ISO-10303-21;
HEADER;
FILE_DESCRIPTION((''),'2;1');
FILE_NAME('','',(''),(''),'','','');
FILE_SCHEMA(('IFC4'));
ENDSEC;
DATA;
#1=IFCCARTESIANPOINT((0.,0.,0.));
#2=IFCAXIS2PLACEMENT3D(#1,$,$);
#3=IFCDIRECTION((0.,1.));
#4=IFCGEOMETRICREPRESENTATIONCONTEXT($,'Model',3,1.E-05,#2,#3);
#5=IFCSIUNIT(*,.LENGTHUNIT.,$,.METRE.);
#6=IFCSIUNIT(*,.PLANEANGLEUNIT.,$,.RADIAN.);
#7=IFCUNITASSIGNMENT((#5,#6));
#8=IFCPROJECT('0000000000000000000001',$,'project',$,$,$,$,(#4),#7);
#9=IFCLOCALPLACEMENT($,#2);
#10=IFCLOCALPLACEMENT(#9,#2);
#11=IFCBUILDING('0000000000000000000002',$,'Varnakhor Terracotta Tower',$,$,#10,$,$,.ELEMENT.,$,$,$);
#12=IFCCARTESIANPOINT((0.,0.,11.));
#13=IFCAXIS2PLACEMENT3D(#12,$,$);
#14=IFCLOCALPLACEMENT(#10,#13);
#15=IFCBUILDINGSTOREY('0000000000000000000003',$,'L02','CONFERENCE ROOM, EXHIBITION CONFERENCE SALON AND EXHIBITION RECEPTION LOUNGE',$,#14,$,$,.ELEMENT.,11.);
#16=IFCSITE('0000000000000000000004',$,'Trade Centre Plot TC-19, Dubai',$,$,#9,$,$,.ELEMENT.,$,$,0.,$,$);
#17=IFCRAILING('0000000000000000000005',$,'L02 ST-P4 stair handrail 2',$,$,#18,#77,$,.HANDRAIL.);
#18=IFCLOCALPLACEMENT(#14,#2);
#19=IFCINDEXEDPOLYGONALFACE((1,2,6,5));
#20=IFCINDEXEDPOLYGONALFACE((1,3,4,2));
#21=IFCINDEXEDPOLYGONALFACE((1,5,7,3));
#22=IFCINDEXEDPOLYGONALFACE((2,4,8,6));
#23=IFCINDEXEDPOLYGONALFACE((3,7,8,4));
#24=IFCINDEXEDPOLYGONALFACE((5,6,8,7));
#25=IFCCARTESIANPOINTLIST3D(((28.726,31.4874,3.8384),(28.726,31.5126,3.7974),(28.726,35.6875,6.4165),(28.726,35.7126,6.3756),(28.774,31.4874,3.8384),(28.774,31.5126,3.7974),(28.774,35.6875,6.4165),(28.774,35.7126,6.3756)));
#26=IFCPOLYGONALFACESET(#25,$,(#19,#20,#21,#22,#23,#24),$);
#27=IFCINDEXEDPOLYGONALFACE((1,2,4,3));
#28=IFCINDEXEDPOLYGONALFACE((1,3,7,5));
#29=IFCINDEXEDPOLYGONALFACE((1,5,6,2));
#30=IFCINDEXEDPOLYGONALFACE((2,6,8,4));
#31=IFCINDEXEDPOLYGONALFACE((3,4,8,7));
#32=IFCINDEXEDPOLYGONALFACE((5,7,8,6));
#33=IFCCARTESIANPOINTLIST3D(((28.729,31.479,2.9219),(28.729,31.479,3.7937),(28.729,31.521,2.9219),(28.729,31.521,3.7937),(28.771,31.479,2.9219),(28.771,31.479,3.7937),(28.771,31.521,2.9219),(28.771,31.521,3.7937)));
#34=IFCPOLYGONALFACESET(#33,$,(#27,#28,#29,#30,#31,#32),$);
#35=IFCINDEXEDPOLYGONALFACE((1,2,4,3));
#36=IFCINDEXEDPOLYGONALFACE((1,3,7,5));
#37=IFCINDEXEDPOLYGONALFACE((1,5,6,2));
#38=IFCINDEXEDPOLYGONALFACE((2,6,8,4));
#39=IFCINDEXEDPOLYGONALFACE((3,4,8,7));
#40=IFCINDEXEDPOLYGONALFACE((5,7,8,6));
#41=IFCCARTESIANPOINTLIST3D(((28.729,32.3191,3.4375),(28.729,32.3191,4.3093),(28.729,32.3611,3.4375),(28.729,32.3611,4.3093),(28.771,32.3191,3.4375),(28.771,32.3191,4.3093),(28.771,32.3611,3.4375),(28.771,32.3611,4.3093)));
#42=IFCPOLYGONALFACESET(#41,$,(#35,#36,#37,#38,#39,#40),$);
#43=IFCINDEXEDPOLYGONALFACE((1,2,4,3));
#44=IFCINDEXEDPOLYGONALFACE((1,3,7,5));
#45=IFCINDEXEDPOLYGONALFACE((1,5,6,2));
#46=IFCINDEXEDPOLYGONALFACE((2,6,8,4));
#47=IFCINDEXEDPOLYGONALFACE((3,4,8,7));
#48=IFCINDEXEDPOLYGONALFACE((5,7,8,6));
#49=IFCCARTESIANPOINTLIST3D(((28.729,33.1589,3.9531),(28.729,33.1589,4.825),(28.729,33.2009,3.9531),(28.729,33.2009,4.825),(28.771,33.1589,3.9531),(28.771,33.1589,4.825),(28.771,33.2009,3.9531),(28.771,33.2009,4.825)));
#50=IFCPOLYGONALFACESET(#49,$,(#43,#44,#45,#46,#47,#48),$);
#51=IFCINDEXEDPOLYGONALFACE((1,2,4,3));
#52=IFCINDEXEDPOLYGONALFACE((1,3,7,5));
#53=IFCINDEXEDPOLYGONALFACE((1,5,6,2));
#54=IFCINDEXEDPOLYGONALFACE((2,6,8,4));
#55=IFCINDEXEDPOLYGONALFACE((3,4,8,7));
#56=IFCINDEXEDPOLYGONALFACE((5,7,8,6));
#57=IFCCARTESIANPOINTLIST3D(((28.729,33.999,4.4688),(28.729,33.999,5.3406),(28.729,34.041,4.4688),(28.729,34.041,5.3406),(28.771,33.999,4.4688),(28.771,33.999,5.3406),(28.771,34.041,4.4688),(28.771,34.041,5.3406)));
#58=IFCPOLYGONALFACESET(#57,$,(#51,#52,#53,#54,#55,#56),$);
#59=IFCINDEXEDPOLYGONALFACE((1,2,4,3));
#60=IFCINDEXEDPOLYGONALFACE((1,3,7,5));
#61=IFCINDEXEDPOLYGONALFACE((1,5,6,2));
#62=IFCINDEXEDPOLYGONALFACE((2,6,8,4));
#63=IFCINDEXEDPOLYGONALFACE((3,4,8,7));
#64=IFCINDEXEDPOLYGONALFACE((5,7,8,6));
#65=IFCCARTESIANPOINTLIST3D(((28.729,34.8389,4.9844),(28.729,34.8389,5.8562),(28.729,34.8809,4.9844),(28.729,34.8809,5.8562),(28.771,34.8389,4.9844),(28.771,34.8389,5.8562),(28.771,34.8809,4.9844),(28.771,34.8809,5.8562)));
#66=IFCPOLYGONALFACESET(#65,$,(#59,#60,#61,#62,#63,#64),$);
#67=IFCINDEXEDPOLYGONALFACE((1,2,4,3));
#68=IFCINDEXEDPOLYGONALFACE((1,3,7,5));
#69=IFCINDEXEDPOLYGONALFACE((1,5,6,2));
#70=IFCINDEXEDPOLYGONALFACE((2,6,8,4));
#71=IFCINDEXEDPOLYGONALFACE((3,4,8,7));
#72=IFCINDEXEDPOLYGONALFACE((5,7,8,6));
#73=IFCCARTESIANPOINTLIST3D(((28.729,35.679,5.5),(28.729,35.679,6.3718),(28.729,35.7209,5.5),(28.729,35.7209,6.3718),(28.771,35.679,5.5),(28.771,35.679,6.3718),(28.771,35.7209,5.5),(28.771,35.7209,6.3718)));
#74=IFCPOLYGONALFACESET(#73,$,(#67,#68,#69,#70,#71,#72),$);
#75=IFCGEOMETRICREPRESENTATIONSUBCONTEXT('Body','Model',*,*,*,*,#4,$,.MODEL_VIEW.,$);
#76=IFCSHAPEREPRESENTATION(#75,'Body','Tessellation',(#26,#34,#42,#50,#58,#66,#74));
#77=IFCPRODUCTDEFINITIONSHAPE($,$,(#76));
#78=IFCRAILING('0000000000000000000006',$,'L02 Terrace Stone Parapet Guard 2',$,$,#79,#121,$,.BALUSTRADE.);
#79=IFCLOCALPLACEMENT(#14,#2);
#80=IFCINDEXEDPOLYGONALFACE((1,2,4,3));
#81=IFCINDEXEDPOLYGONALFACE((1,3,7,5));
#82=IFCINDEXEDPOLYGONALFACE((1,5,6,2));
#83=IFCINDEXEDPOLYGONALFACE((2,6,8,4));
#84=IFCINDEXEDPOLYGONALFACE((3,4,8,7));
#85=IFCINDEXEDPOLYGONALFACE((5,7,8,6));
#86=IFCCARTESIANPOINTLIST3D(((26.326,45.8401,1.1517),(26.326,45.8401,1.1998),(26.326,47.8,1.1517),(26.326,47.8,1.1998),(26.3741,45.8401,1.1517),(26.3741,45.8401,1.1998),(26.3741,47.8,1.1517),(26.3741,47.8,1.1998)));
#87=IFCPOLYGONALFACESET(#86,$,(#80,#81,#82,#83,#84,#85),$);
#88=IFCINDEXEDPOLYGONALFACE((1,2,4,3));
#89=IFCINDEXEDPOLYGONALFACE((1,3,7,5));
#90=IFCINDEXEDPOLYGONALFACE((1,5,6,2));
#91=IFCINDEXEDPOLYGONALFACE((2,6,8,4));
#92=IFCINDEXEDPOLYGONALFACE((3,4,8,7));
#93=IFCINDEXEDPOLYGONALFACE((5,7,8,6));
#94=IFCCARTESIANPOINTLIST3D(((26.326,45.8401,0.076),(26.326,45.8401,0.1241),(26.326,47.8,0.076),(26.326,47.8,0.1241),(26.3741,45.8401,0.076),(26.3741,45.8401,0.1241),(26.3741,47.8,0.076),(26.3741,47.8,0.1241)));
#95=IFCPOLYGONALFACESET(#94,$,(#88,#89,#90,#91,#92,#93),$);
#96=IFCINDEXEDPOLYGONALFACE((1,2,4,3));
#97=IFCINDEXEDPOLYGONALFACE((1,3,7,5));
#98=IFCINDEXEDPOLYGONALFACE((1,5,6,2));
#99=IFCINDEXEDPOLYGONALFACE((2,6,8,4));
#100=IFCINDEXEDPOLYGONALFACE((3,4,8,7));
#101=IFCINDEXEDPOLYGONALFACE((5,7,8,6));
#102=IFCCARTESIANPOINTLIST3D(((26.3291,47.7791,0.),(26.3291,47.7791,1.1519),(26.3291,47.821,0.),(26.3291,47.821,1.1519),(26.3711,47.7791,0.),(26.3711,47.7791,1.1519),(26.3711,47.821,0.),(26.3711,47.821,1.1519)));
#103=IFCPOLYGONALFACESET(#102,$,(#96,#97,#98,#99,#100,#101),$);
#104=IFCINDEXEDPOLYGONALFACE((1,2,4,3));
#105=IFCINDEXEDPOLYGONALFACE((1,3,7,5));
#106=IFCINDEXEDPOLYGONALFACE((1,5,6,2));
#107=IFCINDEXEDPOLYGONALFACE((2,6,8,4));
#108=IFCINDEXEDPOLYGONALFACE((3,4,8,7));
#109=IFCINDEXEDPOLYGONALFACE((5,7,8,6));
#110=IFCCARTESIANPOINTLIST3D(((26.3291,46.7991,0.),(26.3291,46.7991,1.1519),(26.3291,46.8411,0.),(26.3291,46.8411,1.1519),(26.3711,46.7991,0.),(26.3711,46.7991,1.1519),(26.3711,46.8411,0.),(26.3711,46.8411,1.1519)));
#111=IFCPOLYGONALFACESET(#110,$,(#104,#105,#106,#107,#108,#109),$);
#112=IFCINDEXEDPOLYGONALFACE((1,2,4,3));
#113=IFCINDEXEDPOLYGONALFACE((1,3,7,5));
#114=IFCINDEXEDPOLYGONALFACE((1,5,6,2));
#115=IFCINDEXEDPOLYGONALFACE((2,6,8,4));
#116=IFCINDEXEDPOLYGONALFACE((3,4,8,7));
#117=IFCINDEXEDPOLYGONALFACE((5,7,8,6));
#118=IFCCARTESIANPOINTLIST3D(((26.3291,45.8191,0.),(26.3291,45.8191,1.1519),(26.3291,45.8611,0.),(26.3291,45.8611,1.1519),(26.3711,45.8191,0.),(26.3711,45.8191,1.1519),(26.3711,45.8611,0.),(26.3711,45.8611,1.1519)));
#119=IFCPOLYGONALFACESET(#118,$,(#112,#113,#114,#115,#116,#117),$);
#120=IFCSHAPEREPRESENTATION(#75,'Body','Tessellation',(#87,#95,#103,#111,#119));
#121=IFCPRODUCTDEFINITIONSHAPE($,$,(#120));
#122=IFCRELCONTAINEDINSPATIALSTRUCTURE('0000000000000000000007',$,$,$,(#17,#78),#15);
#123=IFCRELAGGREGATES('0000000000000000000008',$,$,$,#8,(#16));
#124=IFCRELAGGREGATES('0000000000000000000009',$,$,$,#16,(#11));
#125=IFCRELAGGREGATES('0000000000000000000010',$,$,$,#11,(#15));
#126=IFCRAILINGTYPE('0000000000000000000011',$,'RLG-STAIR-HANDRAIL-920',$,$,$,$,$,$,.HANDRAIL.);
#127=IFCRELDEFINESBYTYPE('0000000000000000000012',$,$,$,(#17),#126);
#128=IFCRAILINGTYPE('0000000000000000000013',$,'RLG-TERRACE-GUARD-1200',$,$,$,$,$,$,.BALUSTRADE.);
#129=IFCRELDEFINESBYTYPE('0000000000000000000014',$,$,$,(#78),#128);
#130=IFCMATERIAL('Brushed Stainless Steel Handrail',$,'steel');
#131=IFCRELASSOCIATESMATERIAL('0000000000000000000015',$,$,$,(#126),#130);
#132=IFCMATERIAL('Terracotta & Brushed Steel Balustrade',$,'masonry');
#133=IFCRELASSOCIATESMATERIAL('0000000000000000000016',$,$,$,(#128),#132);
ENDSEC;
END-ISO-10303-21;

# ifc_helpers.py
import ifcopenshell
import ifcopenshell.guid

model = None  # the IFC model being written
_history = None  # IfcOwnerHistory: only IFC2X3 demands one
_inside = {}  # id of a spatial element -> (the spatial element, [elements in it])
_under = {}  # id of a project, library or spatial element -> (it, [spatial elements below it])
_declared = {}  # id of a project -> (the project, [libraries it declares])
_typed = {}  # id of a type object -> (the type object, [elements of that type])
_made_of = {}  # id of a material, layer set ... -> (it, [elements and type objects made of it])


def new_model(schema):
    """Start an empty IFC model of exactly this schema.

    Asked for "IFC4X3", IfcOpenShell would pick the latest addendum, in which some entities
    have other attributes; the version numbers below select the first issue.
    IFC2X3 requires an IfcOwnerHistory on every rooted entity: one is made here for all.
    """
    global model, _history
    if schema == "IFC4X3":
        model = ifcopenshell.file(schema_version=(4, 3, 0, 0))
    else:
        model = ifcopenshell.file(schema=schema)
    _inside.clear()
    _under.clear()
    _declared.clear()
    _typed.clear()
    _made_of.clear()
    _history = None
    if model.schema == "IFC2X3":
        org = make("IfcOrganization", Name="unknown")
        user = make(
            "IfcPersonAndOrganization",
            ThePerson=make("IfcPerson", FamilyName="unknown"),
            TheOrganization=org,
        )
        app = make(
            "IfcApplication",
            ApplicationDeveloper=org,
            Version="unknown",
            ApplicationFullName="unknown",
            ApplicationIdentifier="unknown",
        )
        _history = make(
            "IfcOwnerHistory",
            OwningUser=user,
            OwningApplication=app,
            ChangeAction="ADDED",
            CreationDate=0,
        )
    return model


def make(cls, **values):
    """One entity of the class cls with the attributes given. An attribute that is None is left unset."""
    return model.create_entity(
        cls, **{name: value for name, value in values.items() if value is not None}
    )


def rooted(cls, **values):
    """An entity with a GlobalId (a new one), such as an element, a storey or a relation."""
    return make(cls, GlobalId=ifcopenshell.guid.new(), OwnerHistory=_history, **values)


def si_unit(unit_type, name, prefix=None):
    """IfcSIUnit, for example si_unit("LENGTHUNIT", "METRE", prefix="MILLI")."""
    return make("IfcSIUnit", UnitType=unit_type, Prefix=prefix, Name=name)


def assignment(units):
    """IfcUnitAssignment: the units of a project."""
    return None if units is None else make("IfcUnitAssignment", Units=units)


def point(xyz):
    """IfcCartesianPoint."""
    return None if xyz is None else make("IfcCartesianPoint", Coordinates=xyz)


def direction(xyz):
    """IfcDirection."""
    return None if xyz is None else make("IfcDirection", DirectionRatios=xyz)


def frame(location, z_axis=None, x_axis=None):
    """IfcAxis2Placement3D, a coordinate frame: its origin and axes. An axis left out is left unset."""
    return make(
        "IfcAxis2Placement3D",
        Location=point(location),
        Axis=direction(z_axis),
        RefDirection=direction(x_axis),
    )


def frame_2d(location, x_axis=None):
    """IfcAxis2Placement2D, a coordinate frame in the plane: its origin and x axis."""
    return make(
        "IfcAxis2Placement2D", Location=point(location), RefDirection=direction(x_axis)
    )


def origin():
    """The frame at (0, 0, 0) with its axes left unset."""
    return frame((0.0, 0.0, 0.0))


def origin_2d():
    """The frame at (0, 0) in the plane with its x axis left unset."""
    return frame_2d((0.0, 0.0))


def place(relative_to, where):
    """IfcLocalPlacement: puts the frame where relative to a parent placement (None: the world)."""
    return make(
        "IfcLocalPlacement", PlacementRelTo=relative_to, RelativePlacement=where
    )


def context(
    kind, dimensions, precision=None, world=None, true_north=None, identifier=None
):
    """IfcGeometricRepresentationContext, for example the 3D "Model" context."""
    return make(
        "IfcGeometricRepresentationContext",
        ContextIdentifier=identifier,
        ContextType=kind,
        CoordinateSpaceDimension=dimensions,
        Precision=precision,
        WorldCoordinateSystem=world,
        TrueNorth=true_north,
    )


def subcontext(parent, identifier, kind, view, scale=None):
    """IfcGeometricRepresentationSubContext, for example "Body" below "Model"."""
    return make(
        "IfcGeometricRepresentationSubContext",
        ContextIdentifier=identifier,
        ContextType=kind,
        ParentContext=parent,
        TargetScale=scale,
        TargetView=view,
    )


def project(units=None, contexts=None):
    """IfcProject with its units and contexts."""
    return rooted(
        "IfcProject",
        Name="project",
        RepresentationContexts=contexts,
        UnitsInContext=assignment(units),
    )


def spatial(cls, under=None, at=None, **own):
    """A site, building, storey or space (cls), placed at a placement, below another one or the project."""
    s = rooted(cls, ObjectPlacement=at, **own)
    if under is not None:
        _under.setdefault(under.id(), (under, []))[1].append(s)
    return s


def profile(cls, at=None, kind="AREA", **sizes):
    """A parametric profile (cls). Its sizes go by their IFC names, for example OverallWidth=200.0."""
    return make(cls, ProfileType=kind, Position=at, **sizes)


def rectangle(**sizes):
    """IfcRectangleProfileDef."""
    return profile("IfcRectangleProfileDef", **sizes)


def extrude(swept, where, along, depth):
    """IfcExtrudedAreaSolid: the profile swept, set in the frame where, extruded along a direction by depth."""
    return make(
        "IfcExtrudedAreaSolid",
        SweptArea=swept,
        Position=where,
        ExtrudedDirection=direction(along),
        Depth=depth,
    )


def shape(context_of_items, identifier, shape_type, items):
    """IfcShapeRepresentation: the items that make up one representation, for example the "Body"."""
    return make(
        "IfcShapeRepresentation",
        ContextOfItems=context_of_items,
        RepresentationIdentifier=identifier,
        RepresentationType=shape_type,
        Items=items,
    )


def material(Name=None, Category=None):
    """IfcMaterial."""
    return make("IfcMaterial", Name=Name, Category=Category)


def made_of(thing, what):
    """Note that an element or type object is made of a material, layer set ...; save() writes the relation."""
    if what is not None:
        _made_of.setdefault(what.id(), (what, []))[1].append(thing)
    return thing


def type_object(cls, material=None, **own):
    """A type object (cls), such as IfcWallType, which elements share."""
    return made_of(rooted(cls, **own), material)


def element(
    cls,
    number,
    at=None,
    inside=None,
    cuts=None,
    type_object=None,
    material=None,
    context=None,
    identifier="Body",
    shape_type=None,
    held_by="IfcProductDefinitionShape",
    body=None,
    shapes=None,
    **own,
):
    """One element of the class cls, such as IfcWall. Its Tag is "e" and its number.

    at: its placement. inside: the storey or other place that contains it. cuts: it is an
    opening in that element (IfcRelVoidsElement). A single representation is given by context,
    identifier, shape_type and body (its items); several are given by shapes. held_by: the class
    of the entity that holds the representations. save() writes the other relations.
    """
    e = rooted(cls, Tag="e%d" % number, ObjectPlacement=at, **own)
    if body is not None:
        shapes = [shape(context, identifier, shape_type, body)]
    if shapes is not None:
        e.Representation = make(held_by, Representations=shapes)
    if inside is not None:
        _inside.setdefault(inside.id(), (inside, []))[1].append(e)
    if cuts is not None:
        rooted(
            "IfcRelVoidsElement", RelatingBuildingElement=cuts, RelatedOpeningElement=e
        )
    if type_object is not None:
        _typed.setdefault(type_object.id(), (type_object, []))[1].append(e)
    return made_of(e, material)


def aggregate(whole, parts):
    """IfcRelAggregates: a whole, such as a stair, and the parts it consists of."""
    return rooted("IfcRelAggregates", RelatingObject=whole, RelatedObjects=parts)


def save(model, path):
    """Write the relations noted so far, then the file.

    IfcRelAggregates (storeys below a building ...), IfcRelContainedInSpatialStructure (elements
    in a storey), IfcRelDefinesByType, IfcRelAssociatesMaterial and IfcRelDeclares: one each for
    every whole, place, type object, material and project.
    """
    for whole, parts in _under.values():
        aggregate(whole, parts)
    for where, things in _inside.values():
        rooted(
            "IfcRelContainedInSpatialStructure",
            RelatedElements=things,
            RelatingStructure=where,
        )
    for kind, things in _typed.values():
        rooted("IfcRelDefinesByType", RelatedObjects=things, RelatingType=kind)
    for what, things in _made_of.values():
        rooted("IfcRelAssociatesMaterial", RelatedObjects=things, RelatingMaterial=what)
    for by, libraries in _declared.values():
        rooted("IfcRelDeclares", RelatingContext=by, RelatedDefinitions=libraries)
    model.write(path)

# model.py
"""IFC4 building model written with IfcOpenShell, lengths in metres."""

from ifc_helpers import new_model, si_unit, direction, frame, origin, origin_2d, place, context, subcontext, project, spatial, rectangle, extrude, material, type_object, element, save


model = new_model("IFC4")

# Units and contexts
model_context = context("Model", 3, precision=1e-05, world=origin(), true_north=direction((0.0, 1.0)))
body_context = subcontext(model_context, "Body", "Model", "MODEL_VIEW")
ifc_project = project(units=[si_unit("LENGTHUNIT", "METRE"), si_unit("PLANEANGLEUNIT", "RADIAN")], contexts=[model_context])

# Site, building, storey
site_placement = place(None, origin())
site = spatial("IfcSite", under=ifc_project, at=site_placement, Name="Trade Centre Plot TC-19, Dubai", CompositionType="ELEMENT", RefElevation=0.0)
building_placement = place(site_placement, origin())
building = spatial("IfcBuilding", under=site, at=building_placement, Name="Varnakhor Terracotta Tower", CompositionType="ELEMENT")
storey_placement = place(building_placement, frame((0.0, 0.0, 11.0)))
storey = spatial("IfcBuildingStorey", under=building, at=storey_placement, Name="L02", Description="CONFERENCE ROOM, EXHIBITION CONFERENCE SALON AND EXHIBITION RECEPTION LOUNGE", CompositionType="ELEMENT", Elevation=11.0)

# Railings
ifc_material_1 = material(Name="Brushed Stainless Steel Handrail", Category="steel")
railing_type_1 = type_object("IfcRailingType", Name="RLG-STAIR-HANDRAIL-920", PredefinedType="HANDRAIL", material=ifc_material_1)
railing_1_placement = place(storey_placement, frame((28.75, 31.5, 2.9219)))
element("IfcRailing", 1, at=railing_1_placement, inside=storey, type_object=railing_type_1, Name="L02 ST-P4 stair handrail 2", PredefinedType="HANDRAIL", context=body_context, shape_type="SweptSolid", body=[
    extrude(rectangle(XDim=0.0481, YDim=0.0481, at=origin_2d()), frame((0.0, 0.0, 0.896), z_axis=(0.0, 0.852243, 0.523146), x_axis=(-1.0, 0.0, 0.0)), (0.0, 0.0, 1.0), 4.9282),
    extrude(rectangle(XDim=0.042, YDim=0.042, at=origin_2d()), origin(), (0.0, 0.0, 1.0), 0.8718),
    extrude(rectangle(XDim=0.042, YDim=0.042, at=origin_2d()), frame((0.0, 0.8401, 0.5156)), (0.0, 0.0, 1.0), 0.8718),
    extrude(rectangle(XDim=0.042, YDim=0.042, at=origin_2d()), frame((0.0, 1.6799, 1.0312)), (0.0, 0.0, 1.0), 0.8718),
    extrude(rectangle(XDim=0.042, YDim=0.042, at=origin_2d()), frame((0.0, 2.52, 1.5469)), (0.0, 0.0, 1.0), 0.8718),
    extrude(rectangle(XDim=0.042, YDim=0.042, at=origin_2d()), frame((0.0, 3.3599, 2.0625)), (0.0, 0.0, 1.0), 0.8718),
    extrude(rectangle(XDim=0.042, YDim=0.042, at=origin_2d()), frame((0.0, 4.2, 2.5781)), (0.0, 0.0, 1.0), 0.8718),
])
ifc_material_2 = material(Name="Terracotta & Brushed Steel Balustrade", Category="masonry")
railing_type_2 = type_object("IfcRailingType", Name="RLG-TERRACE-GUARD-1200", PredefinedType="BALUSTRADE", material=ifc_material_2)
railing_2_placement = place(storey_placement, frame((26.3501, 47.8, 0.0)))
element("IfcRailing", 2, at=railing_2_placement, inside=storey, type_object=railing_type_2, Name="L02 Terrace Stone Parapet Guard 2", PredefinedType="BALUSTRADE", context=body_context, shape_type="SweptSolid", body=[
    extrude(rectangle(XDim=0.0481, YDim=0.0481, at=origin_2d()), frame((0.0, 0.0, 1.1758), z_axis=(0.0, -1.0, 0.0), x_axis=(1.0, 0.0, 0.0)), (0.0, 0.0, 1.0), 1.96),
    extrude(rectangle(XDim=0.0481, YDim=0.0481, at=origin_2d()), frame((0.0, 0.0, 0.1001), z_axis=(0.0, -1.0, 0.0), x_axis=(1.0, 0.0, 0.0)), (0.0, 0.0, 1.0), 1.96),
    extrude(rectangle(XDim=0.042, YDim=0.042, at=origin_2d()), origin(), (0.0, 0.0, 1.0), 1.1519),
    extrude(rectangle(XDim=0.042, YDim=0.042, at=origin_2d()), frame((0.0, -0.98, 0.0)), (0.0, 0.0, 1.0), 1.1519),
    extrude(rectangle(XDim=0.042, YDim=0.042, at=origin_2d()), frame((0.0, -1.96, 0.0)), (0.0, 0.0, 1.0), 1.1519),
])

save(model, "model.ifc")
